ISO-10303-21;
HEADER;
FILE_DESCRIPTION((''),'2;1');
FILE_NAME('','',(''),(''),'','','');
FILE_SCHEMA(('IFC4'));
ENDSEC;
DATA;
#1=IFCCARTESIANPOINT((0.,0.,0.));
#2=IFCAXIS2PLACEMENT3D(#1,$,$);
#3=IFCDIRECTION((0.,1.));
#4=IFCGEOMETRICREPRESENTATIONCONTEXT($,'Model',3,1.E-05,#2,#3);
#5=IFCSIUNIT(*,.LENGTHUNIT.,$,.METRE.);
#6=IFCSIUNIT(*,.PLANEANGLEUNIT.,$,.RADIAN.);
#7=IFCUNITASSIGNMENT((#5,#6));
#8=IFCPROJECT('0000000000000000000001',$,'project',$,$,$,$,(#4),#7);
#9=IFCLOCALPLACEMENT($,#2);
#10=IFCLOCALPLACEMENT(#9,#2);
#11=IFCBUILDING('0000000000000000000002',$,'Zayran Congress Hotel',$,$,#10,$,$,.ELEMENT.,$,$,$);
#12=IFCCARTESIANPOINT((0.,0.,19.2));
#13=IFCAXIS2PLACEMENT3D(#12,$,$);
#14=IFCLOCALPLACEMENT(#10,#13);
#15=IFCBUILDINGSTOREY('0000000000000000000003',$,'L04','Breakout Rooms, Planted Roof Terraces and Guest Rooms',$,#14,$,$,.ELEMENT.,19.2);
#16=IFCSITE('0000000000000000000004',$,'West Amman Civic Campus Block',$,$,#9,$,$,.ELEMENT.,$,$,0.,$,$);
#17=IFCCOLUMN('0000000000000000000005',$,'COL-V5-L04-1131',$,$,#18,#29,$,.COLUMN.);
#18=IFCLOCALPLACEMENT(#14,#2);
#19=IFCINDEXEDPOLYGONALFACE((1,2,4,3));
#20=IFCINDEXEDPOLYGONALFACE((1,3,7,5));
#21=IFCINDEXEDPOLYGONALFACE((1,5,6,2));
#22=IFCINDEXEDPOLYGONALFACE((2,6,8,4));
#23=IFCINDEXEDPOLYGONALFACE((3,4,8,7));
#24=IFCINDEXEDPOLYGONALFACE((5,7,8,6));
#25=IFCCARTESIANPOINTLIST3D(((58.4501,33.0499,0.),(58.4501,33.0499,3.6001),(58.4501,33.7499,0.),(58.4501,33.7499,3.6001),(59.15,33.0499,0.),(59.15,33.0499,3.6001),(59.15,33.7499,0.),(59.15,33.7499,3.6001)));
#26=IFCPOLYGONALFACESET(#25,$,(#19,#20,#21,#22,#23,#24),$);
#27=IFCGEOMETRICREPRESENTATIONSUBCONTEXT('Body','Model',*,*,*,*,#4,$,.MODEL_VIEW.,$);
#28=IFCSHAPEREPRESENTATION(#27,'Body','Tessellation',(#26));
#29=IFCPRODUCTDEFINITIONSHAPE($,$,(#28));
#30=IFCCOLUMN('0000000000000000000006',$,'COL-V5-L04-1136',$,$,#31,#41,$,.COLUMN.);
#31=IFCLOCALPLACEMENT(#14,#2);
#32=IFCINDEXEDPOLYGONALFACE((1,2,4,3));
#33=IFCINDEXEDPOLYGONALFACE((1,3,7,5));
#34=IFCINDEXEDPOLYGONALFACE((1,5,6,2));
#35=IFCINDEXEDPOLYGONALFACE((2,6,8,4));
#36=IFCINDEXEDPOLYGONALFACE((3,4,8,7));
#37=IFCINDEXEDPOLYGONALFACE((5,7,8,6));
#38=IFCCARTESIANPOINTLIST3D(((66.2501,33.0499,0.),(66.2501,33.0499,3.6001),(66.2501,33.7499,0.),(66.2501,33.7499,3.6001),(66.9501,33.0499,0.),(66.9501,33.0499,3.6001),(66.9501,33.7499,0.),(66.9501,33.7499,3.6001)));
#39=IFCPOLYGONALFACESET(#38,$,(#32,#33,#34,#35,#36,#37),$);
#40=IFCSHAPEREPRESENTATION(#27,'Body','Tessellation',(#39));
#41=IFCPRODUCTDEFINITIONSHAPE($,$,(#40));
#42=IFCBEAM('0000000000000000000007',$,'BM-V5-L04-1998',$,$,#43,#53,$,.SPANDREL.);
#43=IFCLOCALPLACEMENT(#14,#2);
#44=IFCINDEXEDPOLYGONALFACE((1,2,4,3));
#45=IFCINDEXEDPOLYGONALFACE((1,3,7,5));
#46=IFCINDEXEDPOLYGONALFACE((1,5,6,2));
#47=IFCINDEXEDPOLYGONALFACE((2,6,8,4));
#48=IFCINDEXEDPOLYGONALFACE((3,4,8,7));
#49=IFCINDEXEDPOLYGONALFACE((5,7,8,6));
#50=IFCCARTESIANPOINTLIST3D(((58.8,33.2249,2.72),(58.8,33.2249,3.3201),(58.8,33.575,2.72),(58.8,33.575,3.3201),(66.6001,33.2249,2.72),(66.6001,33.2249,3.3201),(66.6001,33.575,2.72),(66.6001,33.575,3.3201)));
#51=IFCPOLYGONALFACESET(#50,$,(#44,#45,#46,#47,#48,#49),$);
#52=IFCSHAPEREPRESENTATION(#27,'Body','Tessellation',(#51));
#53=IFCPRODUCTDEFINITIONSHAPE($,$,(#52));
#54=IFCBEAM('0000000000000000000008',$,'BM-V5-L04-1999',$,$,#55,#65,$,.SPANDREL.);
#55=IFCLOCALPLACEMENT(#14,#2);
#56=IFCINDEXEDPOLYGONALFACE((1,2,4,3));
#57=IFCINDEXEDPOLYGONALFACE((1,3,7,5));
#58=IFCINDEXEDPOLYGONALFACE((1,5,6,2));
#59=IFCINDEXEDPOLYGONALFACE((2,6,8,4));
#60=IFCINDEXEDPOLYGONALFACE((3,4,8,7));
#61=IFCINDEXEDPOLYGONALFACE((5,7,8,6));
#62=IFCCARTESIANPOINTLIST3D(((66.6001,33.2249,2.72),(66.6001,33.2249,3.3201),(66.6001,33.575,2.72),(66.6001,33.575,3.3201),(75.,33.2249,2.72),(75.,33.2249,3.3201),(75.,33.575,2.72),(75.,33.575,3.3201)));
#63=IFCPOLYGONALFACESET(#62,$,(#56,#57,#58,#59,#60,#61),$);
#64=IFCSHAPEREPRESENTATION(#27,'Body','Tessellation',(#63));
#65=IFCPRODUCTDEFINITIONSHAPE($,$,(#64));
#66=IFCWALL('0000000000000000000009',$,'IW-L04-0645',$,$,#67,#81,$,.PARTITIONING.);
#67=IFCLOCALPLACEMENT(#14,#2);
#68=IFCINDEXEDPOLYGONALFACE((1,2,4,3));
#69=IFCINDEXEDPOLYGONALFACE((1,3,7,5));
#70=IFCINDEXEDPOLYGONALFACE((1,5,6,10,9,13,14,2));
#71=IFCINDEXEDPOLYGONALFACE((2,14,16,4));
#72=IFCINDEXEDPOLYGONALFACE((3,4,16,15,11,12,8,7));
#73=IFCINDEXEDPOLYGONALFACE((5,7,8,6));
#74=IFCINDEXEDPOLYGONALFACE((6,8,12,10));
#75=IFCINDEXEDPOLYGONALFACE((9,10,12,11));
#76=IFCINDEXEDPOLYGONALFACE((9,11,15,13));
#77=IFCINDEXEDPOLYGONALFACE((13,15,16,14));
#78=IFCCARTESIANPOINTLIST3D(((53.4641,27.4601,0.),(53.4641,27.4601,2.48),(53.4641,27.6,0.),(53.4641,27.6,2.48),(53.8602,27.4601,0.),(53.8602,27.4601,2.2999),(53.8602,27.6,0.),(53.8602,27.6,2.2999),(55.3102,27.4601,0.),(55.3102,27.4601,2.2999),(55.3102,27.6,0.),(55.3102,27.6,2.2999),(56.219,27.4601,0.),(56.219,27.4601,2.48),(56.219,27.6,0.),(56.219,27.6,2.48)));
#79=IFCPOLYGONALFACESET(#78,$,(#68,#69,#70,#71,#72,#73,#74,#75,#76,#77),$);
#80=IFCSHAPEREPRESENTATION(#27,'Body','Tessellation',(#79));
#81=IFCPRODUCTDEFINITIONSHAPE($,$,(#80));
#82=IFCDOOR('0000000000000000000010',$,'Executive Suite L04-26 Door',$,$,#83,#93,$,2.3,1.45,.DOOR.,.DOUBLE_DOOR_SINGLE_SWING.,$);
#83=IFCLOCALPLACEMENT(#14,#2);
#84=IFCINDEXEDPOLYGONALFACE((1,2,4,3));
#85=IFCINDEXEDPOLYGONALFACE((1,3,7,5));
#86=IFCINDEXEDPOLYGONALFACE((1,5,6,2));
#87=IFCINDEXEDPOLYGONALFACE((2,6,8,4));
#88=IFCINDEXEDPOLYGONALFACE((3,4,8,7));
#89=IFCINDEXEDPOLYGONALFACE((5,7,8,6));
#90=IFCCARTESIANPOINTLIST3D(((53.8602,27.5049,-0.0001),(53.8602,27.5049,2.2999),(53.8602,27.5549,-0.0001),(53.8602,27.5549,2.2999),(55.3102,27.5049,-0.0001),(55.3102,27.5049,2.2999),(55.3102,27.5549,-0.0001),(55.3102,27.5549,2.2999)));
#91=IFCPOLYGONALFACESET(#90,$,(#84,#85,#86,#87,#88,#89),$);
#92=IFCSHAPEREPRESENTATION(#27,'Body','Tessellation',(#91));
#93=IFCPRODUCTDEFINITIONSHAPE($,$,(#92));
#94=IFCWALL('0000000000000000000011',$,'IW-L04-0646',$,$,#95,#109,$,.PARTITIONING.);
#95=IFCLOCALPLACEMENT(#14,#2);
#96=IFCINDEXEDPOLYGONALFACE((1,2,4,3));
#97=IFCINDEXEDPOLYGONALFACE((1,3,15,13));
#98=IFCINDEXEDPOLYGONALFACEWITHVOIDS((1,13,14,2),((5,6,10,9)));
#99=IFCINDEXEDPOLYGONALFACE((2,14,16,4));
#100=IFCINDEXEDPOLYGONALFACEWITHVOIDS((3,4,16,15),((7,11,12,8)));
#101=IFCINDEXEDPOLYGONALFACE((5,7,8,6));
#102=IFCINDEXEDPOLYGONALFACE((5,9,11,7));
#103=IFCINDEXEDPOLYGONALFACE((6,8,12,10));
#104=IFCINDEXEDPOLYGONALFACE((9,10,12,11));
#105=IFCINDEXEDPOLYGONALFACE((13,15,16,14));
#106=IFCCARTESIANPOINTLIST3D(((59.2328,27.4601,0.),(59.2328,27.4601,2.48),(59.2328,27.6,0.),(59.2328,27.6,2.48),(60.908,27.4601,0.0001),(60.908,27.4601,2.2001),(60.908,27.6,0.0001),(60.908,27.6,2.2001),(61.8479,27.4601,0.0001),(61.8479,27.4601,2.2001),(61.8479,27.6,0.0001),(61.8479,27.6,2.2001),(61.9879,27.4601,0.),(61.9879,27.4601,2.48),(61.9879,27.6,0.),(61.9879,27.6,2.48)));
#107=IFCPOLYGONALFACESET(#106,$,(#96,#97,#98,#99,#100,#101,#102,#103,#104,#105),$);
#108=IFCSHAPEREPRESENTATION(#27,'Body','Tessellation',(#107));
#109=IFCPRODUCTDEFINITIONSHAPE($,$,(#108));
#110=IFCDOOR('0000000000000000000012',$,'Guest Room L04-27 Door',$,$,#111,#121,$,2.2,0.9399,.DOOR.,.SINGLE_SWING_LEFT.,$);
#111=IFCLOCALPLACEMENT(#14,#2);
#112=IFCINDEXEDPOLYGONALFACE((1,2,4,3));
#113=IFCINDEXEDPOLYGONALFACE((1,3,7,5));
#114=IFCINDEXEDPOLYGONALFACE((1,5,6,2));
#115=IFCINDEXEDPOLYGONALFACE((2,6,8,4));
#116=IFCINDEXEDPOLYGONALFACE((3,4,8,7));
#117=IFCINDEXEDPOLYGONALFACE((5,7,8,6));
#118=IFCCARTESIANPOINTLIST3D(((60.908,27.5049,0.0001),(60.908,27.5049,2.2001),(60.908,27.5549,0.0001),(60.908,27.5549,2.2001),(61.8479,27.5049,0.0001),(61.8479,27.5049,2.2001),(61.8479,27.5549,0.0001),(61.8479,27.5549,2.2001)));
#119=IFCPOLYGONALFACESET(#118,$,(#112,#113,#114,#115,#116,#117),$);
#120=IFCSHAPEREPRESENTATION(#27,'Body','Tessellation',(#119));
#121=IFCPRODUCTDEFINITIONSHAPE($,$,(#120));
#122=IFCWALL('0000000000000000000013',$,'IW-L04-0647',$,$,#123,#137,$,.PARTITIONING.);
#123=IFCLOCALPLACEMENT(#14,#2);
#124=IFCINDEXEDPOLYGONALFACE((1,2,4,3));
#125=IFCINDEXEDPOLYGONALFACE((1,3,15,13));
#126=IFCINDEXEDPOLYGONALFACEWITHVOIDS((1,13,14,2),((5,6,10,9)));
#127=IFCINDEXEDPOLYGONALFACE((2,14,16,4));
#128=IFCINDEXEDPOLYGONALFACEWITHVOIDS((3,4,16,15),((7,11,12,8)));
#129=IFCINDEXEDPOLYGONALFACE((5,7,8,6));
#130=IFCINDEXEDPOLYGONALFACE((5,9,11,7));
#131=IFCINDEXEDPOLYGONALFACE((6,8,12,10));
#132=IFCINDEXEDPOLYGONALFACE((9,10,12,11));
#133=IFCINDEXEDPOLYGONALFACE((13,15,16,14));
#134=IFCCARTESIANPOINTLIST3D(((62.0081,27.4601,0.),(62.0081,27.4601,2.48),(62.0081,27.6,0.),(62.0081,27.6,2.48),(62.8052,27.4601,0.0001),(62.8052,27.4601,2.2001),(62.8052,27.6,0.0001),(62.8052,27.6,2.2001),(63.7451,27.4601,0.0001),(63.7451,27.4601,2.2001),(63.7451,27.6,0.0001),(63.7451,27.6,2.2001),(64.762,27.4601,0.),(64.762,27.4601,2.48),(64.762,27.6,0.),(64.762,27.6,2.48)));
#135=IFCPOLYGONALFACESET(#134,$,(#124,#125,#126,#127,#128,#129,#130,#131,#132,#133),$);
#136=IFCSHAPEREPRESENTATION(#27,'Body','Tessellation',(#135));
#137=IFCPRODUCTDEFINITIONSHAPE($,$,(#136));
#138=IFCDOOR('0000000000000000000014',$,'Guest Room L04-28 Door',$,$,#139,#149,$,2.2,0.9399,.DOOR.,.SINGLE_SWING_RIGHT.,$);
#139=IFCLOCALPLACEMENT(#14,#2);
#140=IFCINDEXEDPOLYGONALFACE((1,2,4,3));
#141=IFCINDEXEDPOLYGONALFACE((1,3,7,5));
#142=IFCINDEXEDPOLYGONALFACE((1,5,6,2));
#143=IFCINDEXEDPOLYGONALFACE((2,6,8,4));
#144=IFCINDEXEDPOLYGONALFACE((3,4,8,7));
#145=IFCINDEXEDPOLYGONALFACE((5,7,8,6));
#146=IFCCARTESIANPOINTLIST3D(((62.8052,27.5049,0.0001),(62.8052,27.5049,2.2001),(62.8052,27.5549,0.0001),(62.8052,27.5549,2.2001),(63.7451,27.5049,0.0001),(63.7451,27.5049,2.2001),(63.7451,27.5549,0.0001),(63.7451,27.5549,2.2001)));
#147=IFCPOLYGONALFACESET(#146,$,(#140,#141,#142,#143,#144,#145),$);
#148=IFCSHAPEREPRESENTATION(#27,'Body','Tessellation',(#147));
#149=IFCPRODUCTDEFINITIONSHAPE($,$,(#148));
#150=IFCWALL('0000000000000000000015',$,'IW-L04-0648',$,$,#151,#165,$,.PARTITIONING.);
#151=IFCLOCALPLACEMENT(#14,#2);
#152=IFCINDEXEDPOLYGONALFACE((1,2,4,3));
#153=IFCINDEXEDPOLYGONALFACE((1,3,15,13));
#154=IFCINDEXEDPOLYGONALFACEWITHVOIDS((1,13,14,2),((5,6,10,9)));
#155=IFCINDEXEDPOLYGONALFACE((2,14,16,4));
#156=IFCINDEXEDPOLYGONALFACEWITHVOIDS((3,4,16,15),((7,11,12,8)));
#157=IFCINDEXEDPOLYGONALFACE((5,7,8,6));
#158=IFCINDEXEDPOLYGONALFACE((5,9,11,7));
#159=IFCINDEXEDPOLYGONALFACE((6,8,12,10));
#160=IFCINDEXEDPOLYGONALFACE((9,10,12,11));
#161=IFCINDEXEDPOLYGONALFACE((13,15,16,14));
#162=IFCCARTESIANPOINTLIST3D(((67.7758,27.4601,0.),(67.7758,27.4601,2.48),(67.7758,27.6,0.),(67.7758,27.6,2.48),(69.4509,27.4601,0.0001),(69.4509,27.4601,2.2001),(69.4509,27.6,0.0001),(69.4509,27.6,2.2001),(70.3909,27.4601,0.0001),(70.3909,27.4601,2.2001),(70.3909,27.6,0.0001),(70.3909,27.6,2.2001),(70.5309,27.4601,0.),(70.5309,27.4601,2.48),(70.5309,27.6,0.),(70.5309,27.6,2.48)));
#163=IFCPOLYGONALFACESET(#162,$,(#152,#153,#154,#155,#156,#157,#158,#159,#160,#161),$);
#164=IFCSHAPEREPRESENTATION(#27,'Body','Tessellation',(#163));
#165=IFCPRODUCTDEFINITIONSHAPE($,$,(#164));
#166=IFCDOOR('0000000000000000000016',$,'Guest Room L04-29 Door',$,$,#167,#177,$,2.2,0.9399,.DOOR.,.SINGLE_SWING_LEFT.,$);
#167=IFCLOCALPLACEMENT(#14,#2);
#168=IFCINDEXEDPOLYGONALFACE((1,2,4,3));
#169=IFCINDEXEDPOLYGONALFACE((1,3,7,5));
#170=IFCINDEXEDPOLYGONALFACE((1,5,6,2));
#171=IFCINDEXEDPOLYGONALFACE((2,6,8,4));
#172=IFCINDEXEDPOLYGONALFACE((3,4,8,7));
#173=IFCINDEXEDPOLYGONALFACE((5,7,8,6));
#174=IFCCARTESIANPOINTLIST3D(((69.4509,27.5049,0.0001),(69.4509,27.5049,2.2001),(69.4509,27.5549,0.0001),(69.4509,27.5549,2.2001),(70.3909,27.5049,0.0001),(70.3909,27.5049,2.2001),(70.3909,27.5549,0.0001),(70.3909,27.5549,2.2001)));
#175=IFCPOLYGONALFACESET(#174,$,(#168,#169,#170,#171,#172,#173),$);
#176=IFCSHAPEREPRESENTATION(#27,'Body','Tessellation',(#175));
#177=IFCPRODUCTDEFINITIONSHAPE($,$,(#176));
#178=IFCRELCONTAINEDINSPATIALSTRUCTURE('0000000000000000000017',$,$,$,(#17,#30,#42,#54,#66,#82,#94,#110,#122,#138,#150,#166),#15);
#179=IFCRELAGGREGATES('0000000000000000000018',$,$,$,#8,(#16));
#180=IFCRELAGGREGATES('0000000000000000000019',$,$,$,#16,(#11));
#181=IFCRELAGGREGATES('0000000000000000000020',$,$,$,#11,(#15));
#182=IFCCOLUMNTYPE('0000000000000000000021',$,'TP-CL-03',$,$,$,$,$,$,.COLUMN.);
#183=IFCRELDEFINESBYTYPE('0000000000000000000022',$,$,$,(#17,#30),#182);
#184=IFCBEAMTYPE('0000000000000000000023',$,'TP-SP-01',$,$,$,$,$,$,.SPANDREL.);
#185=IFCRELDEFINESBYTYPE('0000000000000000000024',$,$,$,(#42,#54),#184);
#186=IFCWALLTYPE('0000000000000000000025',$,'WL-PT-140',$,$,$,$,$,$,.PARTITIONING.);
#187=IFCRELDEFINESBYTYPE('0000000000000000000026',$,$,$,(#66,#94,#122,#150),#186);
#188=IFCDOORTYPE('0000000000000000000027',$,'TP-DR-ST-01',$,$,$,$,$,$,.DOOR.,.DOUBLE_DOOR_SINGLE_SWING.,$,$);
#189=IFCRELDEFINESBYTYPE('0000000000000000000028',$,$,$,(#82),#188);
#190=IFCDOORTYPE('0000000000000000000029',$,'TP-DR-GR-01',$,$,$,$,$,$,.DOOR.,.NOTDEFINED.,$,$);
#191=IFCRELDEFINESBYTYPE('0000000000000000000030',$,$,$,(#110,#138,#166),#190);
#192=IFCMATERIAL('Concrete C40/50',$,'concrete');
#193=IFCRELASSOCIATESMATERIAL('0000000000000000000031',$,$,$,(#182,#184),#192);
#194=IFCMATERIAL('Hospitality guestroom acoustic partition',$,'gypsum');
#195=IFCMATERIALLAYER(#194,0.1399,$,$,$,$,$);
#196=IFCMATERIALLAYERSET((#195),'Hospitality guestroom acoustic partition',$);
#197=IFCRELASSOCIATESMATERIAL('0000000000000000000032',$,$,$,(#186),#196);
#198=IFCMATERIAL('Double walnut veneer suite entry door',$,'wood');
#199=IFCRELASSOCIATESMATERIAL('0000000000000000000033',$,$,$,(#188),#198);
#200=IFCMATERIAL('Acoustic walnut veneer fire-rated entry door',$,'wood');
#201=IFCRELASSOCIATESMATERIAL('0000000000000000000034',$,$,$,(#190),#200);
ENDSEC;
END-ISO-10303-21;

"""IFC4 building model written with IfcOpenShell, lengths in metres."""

from ifc_helpers import new_model, si_unit, direction, frame, frame_2d, origin, origin_2d, place, context, subcontext, project, spatial, rectangle, extrude, material, layer, layer_set, material_profile, profile_set, type_object, element, fill, save


model = new_model("IFC4")

# Units and contexts
model_context = context("Model", 3, precision=1e-05, world=origin(), true_north=direction((0.0, 1.0)))
body_context = subcontext(model_context, "Body", "Model", "MODEL_VIEW")
ifc_project = project(units=[si_unit("LENGTHUNIT", "METRE"), si_unit("PLANEANGLEUNIT", "RADIAN")], contexts=[model_context])

# Site, building, storey
site_placement = place(None, origin())
site = spatial("IfcSite", under=ifc_project, at=site_placement, Name="West Amman Civic Campus Block", CompositionType="ELEMENT", RefElevation=0.0)
building_placement = place(site_placement, origin())
building = spatial("IfcBuilding", under=site, at=building_placement, Name="Zayran Congress Hotel", CompositionType="ELEMENT")
storey_placement = place(building_placement, frame((0.0, 0.0, 19.2)))
storey = spatial("IfcBuildingStorey", under=building, at=storey_placement, Name="L04", Description="Breakout Rooms, Planted Roof Terraces and Guest Rooms", CompositionType="ELEMENT", Elevation=19.2)

# Columns
ifc_material_1 = material(Name="Concrete C40/50", Category="concrete")
ifc_material_profile_1 = material_profile(ifc_material_1, rectangle(XDim=0.7, YDim=0.7, at=origin_2d()), Name="RC 700x700")
ifc_profile_set_1 = profile_set([ifc_material_profile_1], Name="Concrete C40/50")
column_type = type_object("IfcColumnType", Name="TP-CL-03", PredefinedType="COLUMN", material=ifc_profile_set_1)
for number, where, z_axis, x_axis, name in (
    (1, (58.8, 33.3999, 0.0), (0.0, 0.0, 1.0), (1.0, 0.0, 0.0), "COL-V5-L04-1131"),
    (2, (66.6001, 33.3999, 0.0), (0.0, 0.0, 1.0), (1.0, 0.0, 0.0), "COL-V5-L04-1136"),
):
    element("IfcColumn", number, at=place(storey_placement, frame(where, z_axis=z_axis, x_axis=x_axis)), inside=storey, type_object=column_type, Name=name, PredefinedType="COLUMN", context=body_context, shape_type="SweptSolid", body=[
        extrude(rectangle(XDim=0.7, YDim=0.7, at=origin_2d()), origin(), (0.0, 0.0, 1.0), 3.6001),
    ])

# Beams
ifc_material_profile_2 = material_profile(ifc_material_1, rectangle(XDim=0.3501, YDim=0.6001, at=origin_2d()), Name="RC 350x600")
ifc_profile_set_2 = profile_set([ifc_material_profile_2], Name="Concrete C40/50")
beam_type = type_object("IfcBeamType", Name="TP-SP-01", PredefinedType="SPANDREL", material=ifc_profile_set_2)
beam_1_placement = place(storey_placement, frame((58.8, 33.3999, 3.02), z_axis=(1.0, 0.0, 0.0), x_axis=(0.0, 1.0, 0.0)))
element("IfcBeam", 3, at=beam_1_placement, inside=storey, type_object=beam_type, Name="BM-V5-L04-1998", PredefinedType="SPANDREL", context=body_context, shape_type="SweptSolid", body=[
    extrude(rectangle(XDim=0.3501, YDim=0.6001, at=origin_2d()), origin(), (0.0, 0.0, 1.0), 7.8),
])
beam_2_placement = place(storey_placement, frame((66.6001, 33.3999, 3.02), z_axis=(1.0, 0.0, 0.0), x_axis=(0.0, 1.0, 0.0)))
element("IfcBeam", 4, at=beam_2_placement, inside=storey, type_object=beam_type, Name="BM-V5-L04-1999", PredefinedType="SPANDREL", context=body_context, shape_type="SweptSolid", body=[
    extrude(rectangle(XDim=0.3501, YDim=0.6001, at=origin_2d()), origin(), (0.0, 0.0, 1.0), 8.3999),
])

# Walls, openings, doors
ifc_material_2 = material(Name="Hospitality guestroom acoustic partition", Category="gypsum")
ifc_layer_1 = layer(ifc_material_2, 0.1399)
ifc_layer_set_1 = layer_set([ifc_layer_1], Name="Hospitality guestroom acoustic partition")
wall_type_1 = type_object("IfcWallType", Name="WL-PT-140", PredefinedType="PARTITIONING", material=ifc_layer_set_1)
wall_1_placement = place(storey_placement, frame((53.4641, 27.53, 0.0), z_axis=(0.0, 0.0, 1.0), x_axis=(1.0, 0.0, 0.0)))
wall_1 = element("IfcWall", 5, at=wall_1_placement, inside=storey, type_object=wall_type_1, Name="IW-L04-0645", PredefinedType="PARTITIONING", context=body_context, shape_type="SweptSolid", body=[
    extrude(rectangle(XDim=2.7549, YDim=0.1399, at=frame_2d((1.3774, 0.0))), origin(), (0.0, 0.0, 1.0), 2.48),
])
opening_1_placement = place(wall_1_placement, frame((0.396, 0.0, 0.0)))
opening_1 = element("IfcOpeningElement", 6, at=opening_1_placement, cuts=wall_1, PredefinedType="OPENING", context=body_context, shape_type="SweptSolid", body=[
    extrude(rectangle(XDim=1.45, YDim=2.3, at=frame_2d((0.7251, 1.1499))), frame((0.0, 0.0798, 0.0), z_axis=(0.0, -1.0, 0.0), x_axis=(1.0, 0.0, 0.0)), (0.0, 0.0, 1.0), 0.1599),
])
ifc_material_3 = material(Name="Double walnut veneer suite entry door", Category="wood")
door_type_1 = type_object("IfcDoorType", Name="TP-DR-ST-01", OperationType="DOUBLE_DOOR_SINGLE_SWING", PredefinedType="DOOR", material=ifc_material_3)
door_1_placement = place(opening_1_placement, origin())
door_1 = element("IfcDoor", 7, at=door_1_placement, inside=storey, type_object=door_type_1, Name="Executive Suite L04-26 Door", OperationType="DOUBLE_DOOR_SINGLE_SWING", OverallHeight=2.3, OverallWidth=1.45, PredefinedType="DOOR", context=body_context, shape_type="SweptSolid", body=[
    extrude(rectangle(XDim=1.45, YDim=2.3, at=frame_2d((0.7251, 1.1499))), frame((0.0, 0.0249, 0.0), z_axis=(0.0, -1.0, 0.0), x_axis=(1.0, 0.0, 0.0)), (0.0, 0.0, 1.0), 0.05),
])
fill(opening_1, door_1)
wall_2_placement = place(storey_placement, frame((59.2329, 27.53, 0.0), z_axis=(0.0, 0.0, 1.0), x_axis=(1.0, 0.0, 0.0)))
wall_2 = element("IfcWall", 8, at=wall_2_placement, inside=storey, type_object=wall_type_1, Name="IW-L04-0646", PredefinedType="PARTITIONING", context=body_context, shape_type="SweptSolid", body=[
    extrude(rectangle(XDim=2.7551, YDim=0.1399, at=frame_2d((1.3774, 0.0))), origin(), (0.0, 0.0, 1.0), 2.48),
])
opening_2_placement = place(wall_2_placement, frame((1.675, 0.0, 0.0)))
opening_2 = element("IfcOpeningElement", 9, at=opening_2_placement, cuts=wall_2, PredefinedType="OPENING", context=body_context, shape_type="SweptSolid", body=[
    extrude(rectangle(XDim=0.9399, YDim=2.2, at=frame_2d((0.47, 1.1001))), frame((0.0, 0.0798, 0.0), z_axis=(0.0, -1.0, 0.0), x_axis=(1.0, 0.0, 0.0)), (0.0, 0.0, 1.0), 0.1599),
])
ifc_material_4 = material(Name="Acoustic walnut veneer fire-rated entry door", Category="wood")
door_type_2 = type_object("IfcDoorType", Name="TP-DR-GR-01", OperationType="NOTDEFINED", PredefinedType="DOOR", material=ifc_material_4)
door_2_placement = place(opening_2_placement, origin())
door_2 = element("IfcDoor", 10, at=door_2_placement, inside=storey, type_object=door_type_2, Name="Guest Room L04-27 Door", OperationType="SINGLE_SWING_LEFT", OverallHeight=2.2, OverallWidth=0.9399, PredefinedType="DOOR", context=body_context, shape_type="SweptSolid", body=[
    extrude(rectangle(XDim=0.9399, YDim=2.2, at=frame_2d((0.47, 1.1001))), frame((0.0, 0.0249, 0.0), z_axis=(0.0, -1.0, 0.0), x_axis=(1.0, 0.0, 0.0)), (0.0, 0.0, 1.0), 0.05),
])
fill(opening_2, door_2)
wall_3_placement = place(storey_placement, frame((62.0081, 27.53, 0.0), z_axis=(0.0, 0.0, 1.0), x_axis=(1.0, 0.0, 0.0)))
wall_3 = element("IfcWall", 11, at=wall_3_placement, inside=storey, type_object=wall_type_1, Name="IW-L04-0647", PredefinedType="PARTITIONING", context=body_context, shape_type="SweptSolid", body=[
    extrude(rectangle(XDim=2.7539, YDim=0.1399, at=frame_2d((1.377, 0.0))), origin(), (0.0, 0.0, 1.0), 2.48),
])
opening_3_placement = place(wall_3_placement, frame((0.7971, 0.0, 0.0)))
opening_3 = element("IfcOpeningElement", 12, at=opening_3_placement, cuts=wall_3, PredefinedType="OPENING", context=body_context, shape_type="SweptSolid", body=[
    extrude(rectangle(XDim=0.9399, YDim=2.2, at=frame_2d((0.47, 1.1001))), frame((0.0, 0.0798, 0.0), z_axis=(0.0, -1.0, 0.0), x_axis=(1.0, 0.0, 0.0)), (0.0, 0.0, 1.0), 0.1599),
])
door_3_placement = place(opening_3_placement, origin())
door_3 = element("IfcDoor", 13, at=door_3_placement, inside=storey, type_object=door_type_2, Name="Guest Room L04-28 Door", OperationType="SINGLE_SWING_RIGHT", OverallHeight=2.2, OverallWidth=0.9399, PredefinedType="DOOR", context=body_context, shape_type="SweptSolid", body=[
    extrude(rectangle(XDim=0.9399, YDim=2.2, at=frame_2d((0.47, 1.1001))), frame((0.0, 0.0249, 0.0), z_axis=(0.0, -1.0, 0.0), x_axis=(1.0, 0.0, 0.0)), (0.0, 0.0, 1.0), 0.05),
])
fill(opening_3, door_3)
wall_4_placement = place(storey_placement, frame((67.7759, 27.53, 0.0), z_axis=(0.0, 0.0, 1.0), x_axis=(1.0, 0.0, 0.0)))
wall_4 = element("IfcWall", 14, at=wall_4_placement, inside=storey, type_object=wall_type_1, Name="IW-L04-0648", PredefinedType="PARTITIONING", context=body_context, shape_type="SweptSolid", body=[
    extrude(rectangle(XDim=2.7551, YDim=0.1399, at=frame_2d((1.3774, 0.0))), origin(), (0.0, 0.0, 1.0), 2.48),
])
opening_4_placement = place(wall_4_placement, frame((1.675, 0.0, 0.0)))
opening_4 = element("IfcOpeningElement", 15, at=opening_4_placement, cuts=wall_4, PredefinedType="OPENING", context=body_context, shape_type="SweptSolid", body=[
    extrude(rectangle(XDim=0.9399, YDim=2.2, at=frame_2d((0.47, 1.1001))), frame((0.0, 0.0798, 0.0), z_axis=(0.0, -1.0, 0.0), x_axis=(1.0, 0.0, 0.0)), (0.0, 0.0, 1.0), 0.1599),
])
door_4_placement = place(opening_4_placement, origin())
door_4 = element("IfcDoor", 16, at=door_4_placement, inside=storey, type_object=door_type_2, Name="Guest Room L04-29 Door", OperationType="SINGLE_SWING_LEFT", OverallHeight=2.2, OverallWidth=0.9399, PredefinedType="DOOR", context=body_context, shape_type="SweptSolid", body=[
    extrude(rectangle(XDim=0.9399, YDim=2.2, at=frame_2d((0.47, 1.1001))), frame((0.0, 0.0249, 0.0), z_axis=(0.0, -1.0, 0.0), x_axis=(1.0, 0.0, 0.0)), (0.0, 0.0, 1.0), 0.05),
])
fill(opening_4, door_4)

save(model, "model.ifc")
